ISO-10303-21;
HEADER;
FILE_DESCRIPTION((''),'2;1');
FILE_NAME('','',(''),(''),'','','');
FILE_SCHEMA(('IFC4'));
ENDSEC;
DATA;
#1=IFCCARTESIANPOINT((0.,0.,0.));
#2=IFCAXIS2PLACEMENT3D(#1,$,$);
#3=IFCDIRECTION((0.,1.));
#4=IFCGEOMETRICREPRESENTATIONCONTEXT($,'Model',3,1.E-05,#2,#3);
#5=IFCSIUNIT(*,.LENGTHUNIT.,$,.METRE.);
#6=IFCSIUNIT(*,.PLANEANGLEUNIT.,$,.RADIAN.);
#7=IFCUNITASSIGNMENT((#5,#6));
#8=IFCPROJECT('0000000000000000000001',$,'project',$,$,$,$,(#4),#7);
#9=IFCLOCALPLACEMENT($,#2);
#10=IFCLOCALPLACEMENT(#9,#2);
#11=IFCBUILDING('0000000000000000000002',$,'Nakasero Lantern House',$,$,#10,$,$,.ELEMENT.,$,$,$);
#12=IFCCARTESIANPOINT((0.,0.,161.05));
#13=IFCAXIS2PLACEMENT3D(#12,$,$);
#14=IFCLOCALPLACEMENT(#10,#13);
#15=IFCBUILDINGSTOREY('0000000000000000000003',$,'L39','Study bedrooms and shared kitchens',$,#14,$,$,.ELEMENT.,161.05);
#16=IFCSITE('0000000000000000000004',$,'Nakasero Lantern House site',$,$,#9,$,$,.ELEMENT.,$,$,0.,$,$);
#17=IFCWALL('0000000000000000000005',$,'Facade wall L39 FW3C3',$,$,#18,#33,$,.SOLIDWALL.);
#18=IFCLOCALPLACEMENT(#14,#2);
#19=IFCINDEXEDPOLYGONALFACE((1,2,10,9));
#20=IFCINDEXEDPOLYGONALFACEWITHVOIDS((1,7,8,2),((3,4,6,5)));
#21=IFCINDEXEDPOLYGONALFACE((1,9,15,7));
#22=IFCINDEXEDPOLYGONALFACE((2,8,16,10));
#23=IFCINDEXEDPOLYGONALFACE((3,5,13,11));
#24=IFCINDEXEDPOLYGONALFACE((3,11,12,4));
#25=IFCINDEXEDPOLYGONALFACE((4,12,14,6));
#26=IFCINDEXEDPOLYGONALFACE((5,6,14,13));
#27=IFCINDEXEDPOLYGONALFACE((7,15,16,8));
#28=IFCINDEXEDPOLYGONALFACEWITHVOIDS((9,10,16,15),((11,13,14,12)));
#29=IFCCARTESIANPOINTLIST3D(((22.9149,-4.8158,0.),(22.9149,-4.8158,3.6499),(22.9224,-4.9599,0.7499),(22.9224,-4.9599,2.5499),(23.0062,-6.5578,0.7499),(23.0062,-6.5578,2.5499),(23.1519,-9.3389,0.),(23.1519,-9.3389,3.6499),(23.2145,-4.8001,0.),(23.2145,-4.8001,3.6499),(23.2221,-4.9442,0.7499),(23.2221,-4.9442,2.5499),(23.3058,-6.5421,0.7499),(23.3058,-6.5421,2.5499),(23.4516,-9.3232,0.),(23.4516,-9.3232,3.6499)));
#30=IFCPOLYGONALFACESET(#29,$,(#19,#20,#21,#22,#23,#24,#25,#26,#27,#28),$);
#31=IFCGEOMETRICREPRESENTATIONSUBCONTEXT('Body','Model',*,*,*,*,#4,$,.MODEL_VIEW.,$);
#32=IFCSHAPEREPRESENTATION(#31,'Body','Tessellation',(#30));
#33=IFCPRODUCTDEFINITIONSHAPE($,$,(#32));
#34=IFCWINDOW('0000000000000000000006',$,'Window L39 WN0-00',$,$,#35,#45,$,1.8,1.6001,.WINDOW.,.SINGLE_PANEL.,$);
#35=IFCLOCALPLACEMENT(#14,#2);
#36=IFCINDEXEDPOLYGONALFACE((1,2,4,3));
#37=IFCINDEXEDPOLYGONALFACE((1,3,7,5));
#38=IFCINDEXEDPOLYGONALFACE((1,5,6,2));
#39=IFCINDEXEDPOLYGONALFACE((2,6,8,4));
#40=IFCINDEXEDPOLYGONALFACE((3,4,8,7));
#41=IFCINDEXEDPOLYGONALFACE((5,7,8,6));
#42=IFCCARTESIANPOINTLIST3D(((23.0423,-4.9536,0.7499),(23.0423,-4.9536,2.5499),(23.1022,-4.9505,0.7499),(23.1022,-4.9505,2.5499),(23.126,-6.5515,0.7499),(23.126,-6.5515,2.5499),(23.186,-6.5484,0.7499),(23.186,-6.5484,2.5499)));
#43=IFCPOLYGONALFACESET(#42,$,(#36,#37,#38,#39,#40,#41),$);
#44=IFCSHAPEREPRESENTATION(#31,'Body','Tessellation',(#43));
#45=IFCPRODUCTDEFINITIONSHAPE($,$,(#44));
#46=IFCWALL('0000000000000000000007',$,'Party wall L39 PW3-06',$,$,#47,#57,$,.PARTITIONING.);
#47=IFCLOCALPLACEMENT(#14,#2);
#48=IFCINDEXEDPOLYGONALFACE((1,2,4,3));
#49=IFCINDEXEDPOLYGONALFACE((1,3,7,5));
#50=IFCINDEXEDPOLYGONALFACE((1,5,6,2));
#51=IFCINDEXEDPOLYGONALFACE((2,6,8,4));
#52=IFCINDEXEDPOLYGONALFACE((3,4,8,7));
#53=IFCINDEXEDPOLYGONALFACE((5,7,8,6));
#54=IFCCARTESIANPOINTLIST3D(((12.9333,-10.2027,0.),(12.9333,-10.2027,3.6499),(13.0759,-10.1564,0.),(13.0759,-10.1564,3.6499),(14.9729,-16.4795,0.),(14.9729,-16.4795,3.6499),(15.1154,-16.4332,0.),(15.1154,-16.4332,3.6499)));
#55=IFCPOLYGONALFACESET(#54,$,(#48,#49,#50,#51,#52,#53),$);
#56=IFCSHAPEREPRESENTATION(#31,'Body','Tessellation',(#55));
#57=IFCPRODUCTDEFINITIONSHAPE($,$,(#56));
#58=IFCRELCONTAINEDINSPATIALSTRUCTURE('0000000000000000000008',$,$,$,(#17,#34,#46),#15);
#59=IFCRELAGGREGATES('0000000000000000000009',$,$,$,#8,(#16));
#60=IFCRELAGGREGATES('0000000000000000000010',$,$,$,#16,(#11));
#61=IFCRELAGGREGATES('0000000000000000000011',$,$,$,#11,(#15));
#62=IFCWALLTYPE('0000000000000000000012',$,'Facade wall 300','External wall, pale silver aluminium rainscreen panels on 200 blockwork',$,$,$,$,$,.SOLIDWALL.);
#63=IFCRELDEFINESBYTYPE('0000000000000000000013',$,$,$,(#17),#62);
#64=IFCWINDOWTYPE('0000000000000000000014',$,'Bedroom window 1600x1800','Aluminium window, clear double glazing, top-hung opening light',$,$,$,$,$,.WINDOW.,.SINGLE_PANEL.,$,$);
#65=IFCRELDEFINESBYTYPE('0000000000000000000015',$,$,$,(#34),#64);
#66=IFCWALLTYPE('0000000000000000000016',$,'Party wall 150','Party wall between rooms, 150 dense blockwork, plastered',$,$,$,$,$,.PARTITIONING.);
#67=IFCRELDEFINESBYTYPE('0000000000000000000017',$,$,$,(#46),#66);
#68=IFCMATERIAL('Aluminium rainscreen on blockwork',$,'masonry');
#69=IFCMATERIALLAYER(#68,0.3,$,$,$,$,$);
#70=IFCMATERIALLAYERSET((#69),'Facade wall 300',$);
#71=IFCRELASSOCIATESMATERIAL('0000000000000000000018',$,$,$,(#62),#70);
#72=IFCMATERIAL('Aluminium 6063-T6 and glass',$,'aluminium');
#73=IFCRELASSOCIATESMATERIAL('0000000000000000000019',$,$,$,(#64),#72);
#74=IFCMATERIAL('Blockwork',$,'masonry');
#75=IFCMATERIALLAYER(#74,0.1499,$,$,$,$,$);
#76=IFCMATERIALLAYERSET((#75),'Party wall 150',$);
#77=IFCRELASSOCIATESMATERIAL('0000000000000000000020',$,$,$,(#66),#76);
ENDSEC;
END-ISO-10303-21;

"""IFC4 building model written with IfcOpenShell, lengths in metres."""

from ifc_helpers import new_model, si_unit, direction, frame, frame_2d, origin, place, context, subcontext, project, spatial, rectangle, extrude, material, layer, layer_set, type_object, element, fill, save


model = new_model("IFC4")

# Units and contexts
model_context = context("Model", 3, precision=1e-05, world=origin(), true_north=direction((0.0, 1.0)))
body_context = subcontext(model_context, "Body", "Model", "MODEL_VIEW")
ifc_project = project(units=[si_unit("LENGTHUNIT", "METRE"), si_unit("PLANEANGLEUNIT", "RADIAN")], contexts=[model_context])

# Site, building, storey
site_placement = place(None, origin())
site = spatial("IfcSite", under=ifc_project, at=site_placement, Name="Nakasero Lantern House site", CompositionType="ELEMENT", RefElevation=0.0)
building_placement = place(site_placement, origin())
building = spatial("IfcBuilding", under=site, at=building_placement, Name="Nakasero Lantern House", CompositionType="ELEMENT")
storey_placement = place(building_placement, frame((0.0, 0.0, 161.05)))
storey = spatial("IfcBuildingStorey", under=building, at=storey_placement, Name="L39", Description="Study bedrooms and shared kitchens", CompositionType="ELEMENT", Elevation=161.05)

# Shared definitions
ifc_material_1 = material(Name="Aluminium rainscreen on blockwork", Category="masonry")
ifc_layer_1 = layer(ifc_material_1, 0.3)
ifc_layer_set_1 = layer_set([ifc_layer_1], Name="Facade wall 300")
wall_type_1 = type_object("IfcWallType", Name="Facade wall 300", Description="External wall, pale silver aluminium rainscreen panels on 200 blockwork", PredefinedType="SOLIDWALL", material=ifc_layer_set_1)

# Wall, opening, window
wall_1_placement = place(storey_placement, frame((23.3018, -9.3311, 0.0), z_axis=(0.0, 0.0, 1.0), x_axis=(-0.052338, 0.998629, 0.0)))
wall_1 = element("IfcWall", 1, at=wall_1_placement, inside=storey, type_object=wall_type_1, Name="Facade wall L39 FW3C3", PredefinedType="SOLIDWALL", context=body_context, shape_type="SweptSolid", body=[
    extrude(rectangle(XDim=4.5293, YDim=0.3, at=frame_2d((2.2646, 0.0))), origin(), (0.0, 0.0, 1.0), 3.6499),
])
opening_1_placement = place(wall_1_placement, frame((2.7849, 0.0, 0.75)))
opening_1 = element("IfcOpeningElement", 2, at=opening_1_placement, cuts=wall_1, PredefinedType="OPENING", context=body_context, shape_type="SweptSolid", body=[
    extrude(rectangle(XDim=1.6001, YDim=1.8, at=frame_2d((0.8, 0.8999))), frame((0.0, 0.1699, 0.0), z_axis=(0.0, -1.0, 0.0), x_axis=(1.0, 0.0, 0.0)), (0.0, 0.0, 1.0), 0.3401),
])
ifc_material_2 = material(Name="Aluminium 6063-T6 and glass", Category="aluminium")
window_type_1 = type_object("IfcWindowType", Name="Bedroom window 1600x1800", Description="Aluminium window, clear double glazing, top-hung opening light", PartitioningType="SINGLE_PANEL", PredefinedType="WINDOW", material=ifc_material_2)
window_1_placement = place(opening_1_placement, origin())
window_1 = element("IfcWindow", 3, at=window_1_placement, inside=storey, type_object=window_type_1, Name="Window L39 WN0-00", OverallHeight=1.8, OverallWidth=1.6001, PartitioningType="SINGLE_PANEL", PredefinedType="WINDOW", context=body_context, shape_type="SweptSolid", body=[
    extrude(rectangle(XDim=1.6001, YDim=1.8, at=frame_2d((0.8, 0.8999))), frame((0.0, 0.03, 0.0), z_axis=(0.0, -1.0, 0.0), x_axis=(1.0, 0.0, 0.0)), (0.0, 0.0, 1.0), 0.0601),
])
fill(opening_1, window_1)

# Wall
ifc_material_3 = material(Name="Blockwork", Category="masonry")
ifc_layer_2 = layer(ifc_material_3, 0.1499)
ifc_layer_set_2 = layer_set([ifc_layer_2], Name="Party wall 150")
wall_type_2 = type_object("IfcWallType", Name="Party wall 150", Description="Party wall between rooms, 150 dense blockwork, plastered", PredefinedType="PARTITIONING", material=ifc_layer_set_2)
wall_2_placement = place(storey_placement, frame((13.0046, -10.1797, 0.0), z_axis=(0.0, 0.0, 1.0), x_axis=(0.309028, -0.951053, 0.0)))
element("IfcWall", 4, at=wall_2_placement, inside=storey, type_object=wall_type_2, Name="Party wall L39 PW3-06", PredefinedType="PARTITIONING", context=body_context, shape_type="SweptSolid", body=[
    extrude(rectangle(XDim=6.5999, YDim=0.1499, at=frame_2d((3.2998, 0.0))), origin(), (0.0, 0.0, 1.0), 3.6499),
])

save(model, "model.ifc")
